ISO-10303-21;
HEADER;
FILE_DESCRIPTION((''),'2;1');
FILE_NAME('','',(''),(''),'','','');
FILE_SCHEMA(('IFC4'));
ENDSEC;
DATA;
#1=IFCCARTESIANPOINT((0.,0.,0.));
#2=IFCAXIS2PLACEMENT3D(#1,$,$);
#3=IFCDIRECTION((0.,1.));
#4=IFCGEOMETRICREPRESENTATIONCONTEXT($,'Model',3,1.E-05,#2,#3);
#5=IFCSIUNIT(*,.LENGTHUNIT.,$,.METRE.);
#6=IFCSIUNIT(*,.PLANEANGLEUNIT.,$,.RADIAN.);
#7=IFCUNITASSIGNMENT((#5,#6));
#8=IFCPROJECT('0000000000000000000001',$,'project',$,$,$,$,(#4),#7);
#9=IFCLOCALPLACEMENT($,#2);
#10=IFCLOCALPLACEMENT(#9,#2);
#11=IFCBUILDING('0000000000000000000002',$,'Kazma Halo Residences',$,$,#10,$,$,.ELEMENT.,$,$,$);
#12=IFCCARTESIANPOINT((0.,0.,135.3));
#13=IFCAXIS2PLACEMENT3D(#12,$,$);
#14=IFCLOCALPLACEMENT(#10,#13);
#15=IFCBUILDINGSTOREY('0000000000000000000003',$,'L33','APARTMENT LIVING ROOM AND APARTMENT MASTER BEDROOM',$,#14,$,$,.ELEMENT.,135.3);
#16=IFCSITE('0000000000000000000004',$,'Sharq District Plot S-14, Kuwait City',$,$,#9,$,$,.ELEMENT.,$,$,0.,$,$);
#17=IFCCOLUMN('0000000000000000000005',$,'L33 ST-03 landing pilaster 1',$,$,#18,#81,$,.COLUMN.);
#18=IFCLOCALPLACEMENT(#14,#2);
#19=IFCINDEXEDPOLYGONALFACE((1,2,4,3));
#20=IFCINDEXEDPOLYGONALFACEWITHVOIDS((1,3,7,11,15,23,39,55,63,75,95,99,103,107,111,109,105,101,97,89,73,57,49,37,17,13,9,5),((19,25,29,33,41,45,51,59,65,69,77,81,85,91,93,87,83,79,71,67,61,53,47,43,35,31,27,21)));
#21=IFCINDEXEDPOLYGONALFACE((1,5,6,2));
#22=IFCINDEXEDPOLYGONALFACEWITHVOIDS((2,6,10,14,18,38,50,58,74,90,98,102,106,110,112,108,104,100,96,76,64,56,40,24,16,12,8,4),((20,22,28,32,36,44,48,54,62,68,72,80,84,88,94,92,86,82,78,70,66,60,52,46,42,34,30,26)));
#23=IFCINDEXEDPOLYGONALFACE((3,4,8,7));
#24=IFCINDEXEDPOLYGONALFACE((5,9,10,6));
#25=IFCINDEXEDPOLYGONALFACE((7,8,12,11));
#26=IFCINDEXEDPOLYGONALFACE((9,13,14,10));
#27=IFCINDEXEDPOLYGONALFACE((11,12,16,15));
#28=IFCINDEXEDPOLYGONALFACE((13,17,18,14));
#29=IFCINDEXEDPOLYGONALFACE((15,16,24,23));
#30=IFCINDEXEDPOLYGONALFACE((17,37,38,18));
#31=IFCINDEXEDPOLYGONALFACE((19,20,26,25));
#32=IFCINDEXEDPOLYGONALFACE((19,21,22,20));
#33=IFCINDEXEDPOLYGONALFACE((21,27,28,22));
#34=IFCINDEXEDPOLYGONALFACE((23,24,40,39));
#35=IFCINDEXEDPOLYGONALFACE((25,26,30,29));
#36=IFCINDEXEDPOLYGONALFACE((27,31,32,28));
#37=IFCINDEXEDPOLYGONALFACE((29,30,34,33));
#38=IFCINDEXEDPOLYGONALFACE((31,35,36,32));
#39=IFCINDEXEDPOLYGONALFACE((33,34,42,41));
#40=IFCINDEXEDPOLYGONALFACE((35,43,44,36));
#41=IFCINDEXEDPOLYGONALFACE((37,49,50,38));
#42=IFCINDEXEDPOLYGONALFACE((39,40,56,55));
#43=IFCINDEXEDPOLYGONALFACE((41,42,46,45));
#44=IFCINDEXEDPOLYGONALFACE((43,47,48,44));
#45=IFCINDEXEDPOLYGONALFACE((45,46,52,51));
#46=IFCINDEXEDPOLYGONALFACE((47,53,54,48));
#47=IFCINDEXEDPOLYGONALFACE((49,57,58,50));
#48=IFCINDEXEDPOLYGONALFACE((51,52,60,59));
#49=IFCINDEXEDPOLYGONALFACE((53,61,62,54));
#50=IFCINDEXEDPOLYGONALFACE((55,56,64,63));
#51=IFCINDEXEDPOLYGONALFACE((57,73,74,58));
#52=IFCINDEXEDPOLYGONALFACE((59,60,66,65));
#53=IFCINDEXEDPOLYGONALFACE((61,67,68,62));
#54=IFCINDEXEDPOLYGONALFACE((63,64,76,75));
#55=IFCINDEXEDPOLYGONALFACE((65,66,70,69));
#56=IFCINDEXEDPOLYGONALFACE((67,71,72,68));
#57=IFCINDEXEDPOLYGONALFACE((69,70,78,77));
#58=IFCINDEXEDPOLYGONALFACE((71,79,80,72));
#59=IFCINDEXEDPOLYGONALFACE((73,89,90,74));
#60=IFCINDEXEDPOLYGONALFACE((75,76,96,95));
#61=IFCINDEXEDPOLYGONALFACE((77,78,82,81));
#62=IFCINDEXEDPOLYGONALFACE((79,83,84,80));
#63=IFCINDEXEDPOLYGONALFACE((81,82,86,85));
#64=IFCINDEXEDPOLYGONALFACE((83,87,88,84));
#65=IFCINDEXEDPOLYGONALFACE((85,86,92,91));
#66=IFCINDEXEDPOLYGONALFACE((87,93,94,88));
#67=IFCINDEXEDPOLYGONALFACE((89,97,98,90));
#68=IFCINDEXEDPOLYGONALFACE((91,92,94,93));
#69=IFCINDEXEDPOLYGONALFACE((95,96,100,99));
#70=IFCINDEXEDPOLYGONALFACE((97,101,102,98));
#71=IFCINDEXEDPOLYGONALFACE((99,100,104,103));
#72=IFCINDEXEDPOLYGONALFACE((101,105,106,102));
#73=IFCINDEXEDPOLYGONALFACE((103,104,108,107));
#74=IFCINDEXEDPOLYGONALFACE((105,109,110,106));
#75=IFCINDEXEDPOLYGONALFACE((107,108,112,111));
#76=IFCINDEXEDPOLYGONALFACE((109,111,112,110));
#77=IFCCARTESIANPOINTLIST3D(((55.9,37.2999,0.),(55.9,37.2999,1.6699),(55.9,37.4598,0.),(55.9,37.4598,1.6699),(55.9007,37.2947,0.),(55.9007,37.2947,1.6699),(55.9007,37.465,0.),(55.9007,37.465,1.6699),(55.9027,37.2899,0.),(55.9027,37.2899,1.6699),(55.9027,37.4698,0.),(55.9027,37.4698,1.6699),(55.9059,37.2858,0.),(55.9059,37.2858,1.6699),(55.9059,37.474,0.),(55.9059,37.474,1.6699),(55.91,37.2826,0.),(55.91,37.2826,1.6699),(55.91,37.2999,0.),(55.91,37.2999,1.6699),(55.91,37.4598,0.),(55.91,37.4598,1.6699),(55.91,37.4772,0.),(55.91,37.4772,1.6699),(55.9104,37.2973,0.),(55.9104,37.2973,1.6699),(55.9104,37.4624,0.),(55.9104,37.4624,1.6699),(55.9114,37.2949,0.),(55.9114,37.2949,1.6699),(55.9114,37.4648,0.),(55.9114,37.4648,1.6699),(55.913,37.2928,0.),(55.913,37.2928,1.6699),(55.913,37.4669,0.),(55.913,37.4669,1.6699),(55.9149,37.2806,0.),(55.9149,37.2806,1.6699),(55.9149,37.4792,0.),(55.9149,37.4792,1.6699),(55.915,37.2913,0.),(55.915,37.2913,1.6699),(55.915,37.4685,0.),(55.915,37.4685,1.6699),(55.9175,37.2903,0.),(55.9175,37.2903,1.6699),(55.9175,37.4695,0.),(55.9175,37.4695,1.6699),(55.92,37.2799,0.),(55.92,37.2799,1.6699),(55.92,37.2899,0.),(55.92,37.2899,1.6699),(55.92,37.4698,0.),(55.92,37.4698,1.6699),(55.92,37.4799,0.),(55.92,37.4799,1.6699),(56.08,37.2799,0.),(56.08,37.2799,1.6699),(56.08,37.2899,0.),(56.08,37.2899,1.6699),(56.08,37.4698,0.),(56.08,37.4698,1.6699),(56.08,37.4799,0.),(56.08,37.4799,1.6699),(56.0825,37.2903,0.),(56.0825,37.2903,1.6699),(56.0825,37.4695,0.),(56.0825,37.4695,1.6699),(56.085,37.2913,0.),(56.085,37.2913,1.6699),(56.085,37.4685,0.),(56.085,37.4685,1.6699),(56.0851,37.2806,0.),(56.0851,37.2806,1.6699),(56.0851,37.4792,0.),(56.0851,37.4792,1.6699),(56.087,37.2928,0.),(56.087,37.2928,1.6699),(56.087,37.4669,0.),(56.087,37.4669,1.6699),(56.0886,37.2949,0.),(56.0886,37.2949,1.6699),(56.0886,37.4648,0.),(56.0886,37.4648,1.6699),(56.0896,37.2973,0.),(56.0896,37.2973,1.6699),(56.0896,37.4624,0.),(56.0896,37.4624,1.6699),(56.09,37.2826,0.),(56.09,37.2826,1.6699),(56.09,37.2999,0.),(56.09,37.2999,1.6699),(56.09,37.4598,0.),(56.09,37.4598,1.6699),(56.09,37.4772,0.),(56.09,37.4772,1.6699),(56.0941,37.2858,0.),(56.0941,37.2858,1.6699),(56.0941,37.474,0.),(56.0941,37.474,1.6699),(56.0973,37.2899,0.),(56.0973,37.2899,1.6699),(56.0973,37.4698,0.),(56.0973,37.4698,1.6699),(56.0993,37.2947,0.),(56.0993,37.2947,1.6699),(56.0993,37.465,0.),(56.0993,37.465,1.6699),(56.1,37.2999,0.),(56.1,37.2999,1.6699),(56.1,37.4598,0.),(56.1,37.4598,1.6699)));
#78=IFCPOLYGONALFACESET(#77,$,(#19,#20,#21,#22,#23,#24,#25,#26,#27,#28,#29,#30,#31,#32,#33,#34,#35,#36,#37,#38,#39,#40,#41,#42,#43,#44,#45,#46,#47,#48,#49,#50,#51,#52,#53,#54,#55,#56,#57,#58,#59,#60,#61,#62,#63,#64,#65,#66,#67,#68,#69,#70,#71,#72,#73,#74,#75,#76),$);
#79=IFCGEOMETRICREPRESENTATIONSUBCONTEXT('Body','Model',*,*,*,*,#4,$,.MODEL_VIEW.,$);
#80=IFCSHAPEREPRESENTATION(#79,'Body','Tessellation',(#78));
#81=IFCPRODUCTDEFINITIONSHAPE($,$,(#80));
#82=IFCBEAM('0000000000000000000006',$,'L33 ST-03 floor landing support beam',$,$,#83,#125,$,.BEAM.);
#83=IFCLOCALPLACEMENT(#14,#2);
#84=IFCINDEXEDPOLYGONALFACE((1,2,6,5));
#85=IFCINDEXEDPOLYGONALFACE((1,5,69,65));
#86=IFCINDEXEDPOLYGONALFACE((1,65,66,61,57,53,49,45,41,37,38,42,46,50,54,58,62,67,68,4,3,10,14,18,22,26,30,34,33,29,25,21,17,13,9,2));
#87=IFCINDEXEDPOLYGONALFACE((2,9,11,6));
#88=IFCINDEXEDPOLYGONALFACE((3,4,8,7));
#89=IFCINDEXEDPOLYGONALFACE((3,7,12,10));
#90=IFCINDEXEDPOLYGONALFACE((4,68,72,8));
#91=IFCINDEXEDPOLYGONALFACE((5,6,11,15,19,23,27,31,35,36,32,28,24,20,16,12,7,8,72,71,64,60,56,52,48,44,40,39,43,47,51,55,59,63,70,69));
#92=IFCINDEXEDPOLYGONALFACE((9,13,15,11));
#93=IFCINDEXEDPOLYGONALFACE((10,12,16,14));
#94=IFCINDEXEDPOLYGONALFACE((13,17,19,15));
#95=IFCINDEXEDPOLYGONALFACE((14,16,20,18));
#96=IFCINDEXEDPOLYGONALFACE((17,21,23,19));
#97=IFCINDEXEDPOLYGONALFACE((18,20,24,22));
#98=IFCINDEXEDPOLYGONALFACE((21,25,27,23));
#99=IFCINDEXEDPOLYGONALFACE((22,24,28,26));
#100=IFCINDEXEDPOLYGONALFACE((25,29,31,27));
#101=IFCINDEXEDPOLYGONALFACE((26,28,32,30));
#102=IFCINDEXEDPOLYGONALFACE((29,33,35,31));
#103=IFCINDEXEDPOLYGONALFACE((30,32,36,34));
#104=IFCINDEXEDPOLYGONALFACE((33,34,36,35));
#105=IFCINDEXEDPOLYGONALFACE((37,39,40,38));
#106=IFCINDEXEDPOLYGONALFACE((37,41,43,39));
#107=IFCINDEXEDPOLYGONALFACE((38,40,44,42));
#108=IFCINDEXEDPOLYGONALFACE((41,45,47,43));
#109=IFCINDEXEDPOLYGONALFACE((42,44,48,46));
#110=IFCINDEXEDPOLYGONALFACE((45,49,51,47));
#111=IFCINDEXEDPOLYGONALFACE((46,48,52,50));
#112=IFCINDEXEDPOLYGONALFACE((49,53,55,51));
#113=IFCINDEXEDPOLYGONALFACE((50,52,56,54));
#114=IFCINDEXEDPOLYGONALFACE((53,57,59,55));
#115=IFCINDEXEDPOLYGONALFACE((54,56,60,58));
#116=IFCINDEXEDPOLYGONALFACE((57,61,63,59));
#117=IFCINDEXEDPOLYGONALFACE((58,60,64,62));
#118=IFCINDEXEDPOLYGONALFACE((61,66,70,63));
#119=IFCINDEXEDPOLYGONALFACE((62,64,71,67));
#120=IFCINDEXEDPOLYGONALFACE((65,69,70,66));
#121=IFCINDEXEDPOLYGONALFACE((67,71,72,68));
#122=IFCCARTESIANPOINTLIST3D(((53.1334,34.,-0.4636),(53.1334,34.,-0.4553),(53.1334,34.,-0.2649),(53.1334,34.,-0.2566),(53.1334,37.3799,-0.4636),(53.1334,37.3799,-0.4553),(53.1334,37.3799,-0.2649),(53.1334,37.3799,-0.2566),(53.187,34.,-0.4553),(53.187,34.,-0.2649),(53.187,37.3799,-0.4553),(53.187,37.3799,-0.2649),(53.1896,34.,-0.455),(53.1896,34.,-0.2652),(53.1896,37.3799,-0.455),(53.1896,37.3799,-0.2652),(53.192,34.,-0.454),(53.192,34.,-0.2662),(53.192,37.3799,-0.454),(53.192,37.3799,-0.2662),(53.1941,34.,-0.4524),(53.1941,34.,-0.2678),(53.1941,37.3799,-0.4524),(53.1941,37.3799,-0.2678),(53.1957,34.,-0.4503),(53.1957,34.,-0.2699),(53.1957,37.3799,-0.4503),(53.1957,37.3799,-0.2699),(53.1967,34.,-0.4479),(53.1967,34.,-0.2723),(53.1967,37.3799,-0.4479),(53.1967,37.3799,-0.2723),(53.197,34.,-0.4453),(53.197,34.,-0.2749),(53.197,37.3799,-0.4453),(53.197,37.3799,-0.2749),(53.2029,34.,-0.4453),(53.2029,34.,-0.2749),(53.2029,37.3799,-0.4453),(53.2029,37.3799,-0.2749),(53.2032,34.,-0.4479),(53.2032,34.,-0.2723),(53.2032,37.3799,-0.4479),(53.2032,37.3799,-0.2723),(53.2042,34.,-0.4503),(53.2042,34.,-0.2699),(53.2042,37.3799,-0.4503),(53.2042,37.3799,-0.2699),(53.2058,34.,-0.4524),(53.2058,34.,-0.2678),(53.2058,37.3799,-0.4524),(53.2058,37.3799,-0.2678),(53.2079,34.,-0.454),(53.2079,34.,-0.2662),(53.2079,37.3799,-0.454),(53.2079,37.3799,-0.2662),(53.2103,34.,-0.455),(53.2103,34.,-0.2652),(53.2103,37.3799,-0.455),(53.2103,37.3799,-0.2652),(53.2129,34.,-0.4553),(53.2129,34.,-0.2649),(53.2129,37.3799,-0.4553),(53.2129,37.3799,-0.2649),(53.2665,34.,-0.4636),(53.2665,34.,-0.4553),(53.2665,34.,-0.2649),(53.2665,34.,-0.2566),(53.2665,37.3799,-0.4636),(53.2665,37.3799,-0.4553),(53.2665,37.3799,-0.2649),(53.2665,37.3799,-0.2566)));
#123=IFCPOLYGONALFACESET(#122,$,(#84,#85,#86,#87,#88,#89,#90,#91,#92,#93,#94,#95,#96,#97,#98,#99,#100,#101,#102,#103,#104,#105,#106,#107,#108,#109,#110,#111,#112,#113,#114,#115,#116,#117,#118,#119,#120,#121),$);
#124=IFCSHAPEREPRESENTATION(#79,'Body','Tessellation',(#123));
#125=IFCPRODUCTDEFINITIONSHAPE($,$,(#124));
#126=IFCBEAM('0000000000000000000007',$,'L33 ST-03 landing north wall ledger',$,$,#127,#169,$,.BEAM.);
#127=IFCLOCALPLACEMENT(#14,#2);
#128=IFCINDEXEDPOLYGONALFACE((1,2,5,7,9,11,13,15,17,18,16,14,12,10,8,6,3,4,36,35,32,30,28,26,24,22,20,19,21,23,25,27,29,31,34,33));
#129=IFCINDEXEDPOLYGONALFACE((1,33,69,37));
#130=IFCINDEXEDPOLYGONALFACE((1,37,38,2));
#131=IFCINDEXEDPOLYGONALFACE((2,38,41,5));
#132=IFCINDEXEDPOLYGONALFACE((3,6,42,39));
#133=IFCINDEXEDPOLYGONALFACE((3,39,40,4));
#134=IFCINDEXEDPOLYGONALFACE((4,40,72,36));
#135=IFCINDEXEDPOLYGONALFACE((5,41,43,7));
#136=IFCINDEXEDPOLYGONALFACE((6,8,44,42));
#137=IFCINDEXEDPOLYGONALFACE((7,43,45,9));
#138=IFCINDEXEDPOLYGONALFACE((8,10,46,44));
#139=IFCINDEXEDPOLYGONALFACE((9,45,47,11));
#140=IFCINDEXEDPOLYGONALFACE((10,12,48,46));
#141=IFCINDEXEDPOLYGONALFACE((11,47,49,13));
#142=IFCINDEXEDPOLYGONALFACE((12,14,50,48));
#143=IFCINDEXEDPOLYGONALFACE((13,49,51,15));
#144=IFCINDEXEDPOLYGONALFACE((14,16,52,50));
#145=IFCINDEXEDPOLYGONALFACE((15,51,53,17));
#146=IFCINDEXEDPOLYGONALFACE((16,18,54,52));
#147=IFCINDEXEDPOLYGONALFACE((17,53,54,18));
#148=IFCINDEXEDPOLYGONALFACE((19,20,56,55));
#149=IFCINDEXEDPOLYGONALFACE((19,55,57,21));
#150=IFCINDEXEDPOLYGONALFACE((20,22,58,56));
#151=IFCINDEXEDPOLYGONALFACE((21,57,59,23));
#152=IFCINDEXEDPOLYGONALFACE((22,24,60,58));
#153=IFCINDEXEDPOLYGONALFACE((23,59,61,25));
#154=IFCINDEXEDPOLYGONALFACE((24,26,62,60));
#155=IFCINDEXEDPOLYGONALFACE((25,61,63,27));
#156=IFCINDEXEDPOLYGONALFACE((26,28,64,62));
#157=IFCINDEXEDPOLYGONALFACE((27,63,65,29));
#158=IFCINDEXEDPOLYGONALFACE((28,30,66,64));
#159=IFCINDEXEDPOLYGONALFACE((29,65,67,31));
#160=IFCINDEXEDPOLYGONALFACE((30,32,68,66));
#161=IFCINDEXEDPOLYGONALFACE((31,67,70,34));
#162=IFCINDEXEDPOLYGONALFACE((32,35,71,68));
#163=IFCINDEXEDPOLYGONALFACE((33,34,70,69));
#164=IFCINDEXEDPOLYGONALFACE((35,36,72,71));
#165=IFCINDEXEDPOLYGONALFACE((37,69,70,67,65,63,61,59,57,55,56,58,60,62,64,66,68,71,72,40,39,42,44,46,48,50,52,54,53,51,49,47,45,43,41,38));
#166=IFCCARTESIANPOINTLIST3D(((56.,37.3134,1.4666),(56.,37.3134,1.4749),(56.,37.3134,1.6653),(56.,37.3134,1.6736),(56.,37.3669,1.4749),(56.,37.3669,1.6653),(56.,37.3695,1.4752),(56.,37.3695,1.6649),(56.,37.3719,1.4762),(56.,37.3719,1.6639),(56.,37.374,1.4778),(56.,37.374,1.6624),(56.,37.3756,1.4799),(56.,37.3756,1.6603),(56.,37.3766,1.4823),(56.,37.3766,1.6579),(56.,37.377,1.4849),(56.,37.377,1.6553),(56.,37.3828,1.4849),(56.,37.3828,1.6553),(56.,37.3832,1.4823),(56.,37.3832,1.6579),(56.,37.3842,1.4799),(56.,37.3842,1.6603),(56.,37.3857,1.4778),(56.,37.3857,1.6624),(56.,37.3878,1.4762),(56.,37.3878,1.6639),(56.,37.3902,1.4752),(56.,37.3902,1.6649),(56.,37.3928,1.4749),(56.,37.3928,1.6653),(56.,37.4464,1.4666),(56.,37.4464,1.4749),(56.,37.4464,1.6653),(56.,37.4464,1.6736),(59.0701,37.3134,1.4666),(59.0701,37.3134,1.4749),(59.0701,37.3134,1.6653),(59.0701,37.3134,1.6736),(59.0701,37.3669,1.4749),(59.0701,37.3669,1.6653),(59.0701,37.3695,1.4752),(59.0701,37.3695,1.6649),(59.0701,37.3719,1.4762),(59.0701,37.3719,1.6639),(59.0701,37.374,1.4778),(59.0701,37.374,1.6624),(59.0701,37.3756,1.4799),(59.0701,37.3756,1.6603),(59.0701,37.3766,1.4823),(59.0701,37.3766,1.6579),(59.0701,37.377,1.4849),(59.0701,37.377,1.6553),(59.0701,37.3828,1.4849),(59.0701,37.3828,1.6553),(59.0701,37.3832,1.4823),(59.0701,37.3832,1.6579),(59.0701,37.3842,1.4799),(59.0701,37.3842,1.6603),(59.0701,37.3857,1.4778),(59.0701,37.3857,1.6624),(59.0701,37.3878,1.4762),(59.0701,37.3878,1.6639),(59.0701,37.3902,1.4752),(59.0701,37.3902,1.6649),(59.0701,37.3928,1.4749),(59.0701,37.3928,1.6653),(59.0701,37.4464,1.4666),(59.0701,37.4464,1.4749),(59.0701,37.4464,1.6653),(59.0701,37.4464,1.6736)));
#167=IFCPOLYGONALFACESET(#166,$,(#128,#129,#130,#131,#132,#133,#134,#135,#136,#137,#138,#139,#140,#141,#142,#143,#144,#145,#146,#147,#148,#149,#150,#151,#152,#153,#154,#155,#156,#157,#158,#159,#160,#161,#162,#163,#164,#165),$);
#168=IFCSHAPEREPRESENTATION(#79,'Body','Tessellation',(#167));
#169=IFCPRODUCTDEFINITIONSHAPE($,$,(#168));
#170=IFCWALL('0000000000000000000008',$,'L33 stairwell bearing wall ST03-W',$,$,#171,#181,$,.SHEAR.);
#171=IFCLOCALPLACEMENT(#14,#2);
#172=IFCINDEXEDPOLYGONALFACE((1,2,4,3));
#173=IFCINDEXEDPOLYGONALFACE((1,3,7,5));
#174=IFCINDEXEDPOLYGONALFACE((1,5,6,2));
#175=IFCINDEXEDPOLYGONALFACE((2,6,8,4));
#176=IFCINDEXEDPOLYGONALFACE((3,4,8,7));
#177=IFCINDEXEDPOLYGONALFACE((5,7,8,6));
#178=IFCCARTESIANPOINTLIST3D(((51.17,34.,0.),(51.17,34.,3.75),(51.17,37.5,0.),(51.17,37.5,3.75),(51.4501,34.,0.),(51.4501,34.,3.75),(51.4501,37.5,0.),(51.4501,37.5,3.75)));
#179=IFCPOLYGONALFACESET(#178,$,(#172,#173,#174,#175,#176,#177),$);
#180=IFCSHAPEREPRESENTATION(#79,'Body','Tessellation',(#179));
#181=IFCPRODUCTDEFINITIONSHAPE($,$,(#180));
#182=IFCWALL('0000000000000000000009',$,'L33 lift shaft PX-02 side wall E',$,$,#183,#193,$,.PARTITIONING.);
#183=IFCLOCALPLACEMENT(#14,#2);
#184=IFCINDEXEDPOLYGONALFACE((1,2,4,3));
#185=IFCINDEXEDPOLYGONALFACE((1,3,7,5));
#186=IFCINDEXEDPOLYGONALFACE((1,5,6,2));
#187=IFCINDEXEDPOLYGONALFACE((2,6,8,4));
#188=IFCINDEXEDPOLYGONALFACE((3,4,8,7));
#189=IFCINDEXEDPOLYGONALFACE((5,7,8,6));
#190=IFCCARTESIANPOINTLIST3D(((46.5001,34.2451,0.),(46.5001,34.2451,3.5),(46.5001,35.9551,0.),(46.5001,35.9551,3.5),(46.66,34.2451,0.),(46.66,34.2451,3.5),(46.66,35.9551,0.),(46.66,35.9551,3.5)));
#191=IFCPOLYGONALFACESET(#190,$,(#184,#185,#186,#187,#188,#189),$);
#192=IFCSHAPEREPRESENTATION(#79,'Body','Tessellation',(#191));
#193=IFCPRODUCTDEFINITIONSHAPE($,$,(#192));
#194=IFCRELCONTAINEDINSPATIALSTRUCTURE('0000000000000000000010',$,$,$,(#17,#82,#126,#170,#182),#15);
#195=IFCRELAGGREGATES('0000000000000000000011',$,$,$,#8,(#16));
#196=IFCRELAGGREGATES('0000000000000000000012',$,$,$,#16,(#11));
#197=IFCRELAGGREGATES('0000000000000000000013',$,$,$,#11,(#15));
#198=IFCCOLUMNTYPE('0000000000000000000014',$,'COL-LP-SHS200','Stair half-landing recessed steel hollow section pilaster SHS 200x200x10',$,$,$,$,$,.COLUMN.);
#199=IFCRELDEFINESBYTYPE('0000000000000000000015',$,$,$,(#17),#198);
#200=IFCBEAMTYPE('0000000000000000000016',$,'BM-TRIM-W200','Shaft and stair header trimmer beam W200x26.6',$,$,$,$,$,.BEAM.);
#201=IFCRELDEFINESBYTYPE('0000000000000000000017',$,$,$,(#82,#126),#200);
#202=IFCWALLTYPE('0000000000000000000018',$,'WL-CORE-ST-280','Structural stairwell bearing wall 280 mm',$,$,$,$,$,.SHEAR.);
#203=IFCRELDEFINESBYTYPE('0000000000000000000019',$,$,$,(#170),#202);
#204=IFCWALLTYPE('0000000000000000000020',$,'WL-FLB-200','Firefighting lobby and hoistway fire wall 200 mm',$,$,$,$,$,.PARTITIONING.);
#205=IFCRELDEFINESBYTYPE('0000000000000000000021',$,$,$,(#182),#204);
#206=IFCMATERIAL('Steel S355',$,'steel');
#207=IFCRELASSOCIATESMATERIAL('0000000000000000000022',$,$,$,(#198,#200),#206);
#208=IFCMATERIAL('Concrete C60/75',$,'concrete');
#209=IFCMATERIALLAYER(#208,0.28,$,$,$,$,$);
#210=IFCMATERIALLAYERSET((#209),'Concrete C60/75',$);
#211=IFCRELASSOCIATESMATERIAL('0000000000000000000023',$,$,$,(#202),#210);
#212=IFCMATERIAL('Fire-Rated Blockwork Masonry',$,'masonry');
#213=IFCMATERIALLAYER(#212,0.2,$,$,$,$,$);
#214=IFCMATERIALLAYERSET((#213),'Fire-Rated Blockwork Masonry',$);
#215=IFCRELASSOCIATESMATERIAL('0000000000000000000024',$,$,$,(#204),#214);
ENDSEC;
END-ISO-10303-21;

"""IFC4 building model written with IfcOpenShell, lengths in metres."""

from ifc_helpers import new_model, si_unit, direction, frame, frame_2d, origin, origin_2d, place, context, subcontext, project, spatial, rectangle, hollow_rectangle, i_section, extrude, material, layer, layer_set, material_profile, profile_set, type_object, element, save


model = new_model("IFC4")

# Units and contexts
model_context = context("Model", 3, precision=1e-05, world=origin(), true_north=direction((0.0, 1.0)))
body_context = subcontext(model_context, "Body", "Model", "MODEL_VIEW")
ifc_project = project(units=[si_unit("LENGTHUNIT", "METRE"), si_unit("PLANEANGLEUNIT", "RADIAN")], contexts=[model_context])

# Site, building, storey
site_placement = place(None, origin())
site = spatial("IfcSite", under=ifc_project, at=site_placement, Name="Sharq District Plot S-14, Kuwait City", CompositionType="ELEMENT", RefElevation=0.0)
building_placement = place(site_placement, origin())
building = spatial("IfcBuilding", under=site, at=building_placement, Name="Kazma Halo Residences", CompositionType="ELEMENT")
storey_placement = place(building_placement, frame((0.0, 0.0, 135.3)))
storey = spatial("IfcBuildingStorey", under=building, at=storey_placement, Name="L33", Description="APARTMENT LIVING ROOM AND APARTMENT MASTER BEDROOM", CompositionType="ELEMENT", Elevation=135.3)

# Column
ifc_material_1 = material(Name="Steel S355", Category="steel")
ifc_material_profile_1 = material_profile(ifc_material_1, hollow_rectangle(XDim=0.2, YDim=0.2, WallThickness=0.01, InnerFilletRadius=0.01, OuterFilletRadius=0.02, at=origin_2d()), Name="SHS200x200x10")
ifc_profile_set_1 = profile_set([ifc_material_profile_1], Name="Steel S355")
column_type = type_object("IfcColumnType", Name="COL-LP-SHS200", Description="Stair half-landing recessed steel hollow section pilaster SHS 200x200x10", PredefinedType="COLUMN", material=ifc_profile_set_1)
column_placement = place(storey_placement, frame((56.0, 37.3799, 0.0), z_axis=(0.0, 0.0, 1.0), x_axis=(1.0, 0.0, 0.0)))
element("IfcColumn", 1, at=column_placement, inside=storey, type_object=column_type, Name="L33 ST-03 landing pilaster 1", PredefinedType="COLUMN", context=body_context, shape_type="SweptSolid", body=[
    extrude(hollow_rectangle(XDim=0.2, YDim=0.2, WallThickness=0.01, InnerFilletRadius=0.01, OuterFilletRadius=0.02, at=origin_2d()), origin(), (0.0, 0.0, 1.0), 1.6699),
])

# Beams
ifc_material_profile_2 = material_profile(ifc_material_1, i_section(OverallWidth=0.1331, OverallDepth=0.207, WebThickness=0.0059, FlangeThickness=0.0083, FilletRadius=0.01, at=origin_2d()), Name="W200x26.6")
ifc_profile_set_2 = profile_set([ifc_material_profile_2], Name="Steel S355")
beam_type = type_object("IfcBeamType", Name="BM-TRIM-W200", Description="Shaft and stair header trimmer beam W200x26.6", PredefinedType="BEAM", material=ifc_profile_set_2)
beam_1_placement = place(storey_placement, frame((53.2, 34.0, -0.3601), z_axis=(0.0, 1.0, 0.0), x_axis=(-1.0, 0.0, 0.0)))
element("IfcBeam", 2, at=beam_1_placement, inside=storey, type_object=beam_type, Name="L33 ST-03 floor landing support beam", PredefinedType="BEAM", context=body_context, shape_type="SweptSolid", body=[
    extrude(i_section(OverallWidth=0.1331, OverallDepth=0.207, WebThickness=0.0059, FlangeThickness=0.0083, FilletRadius=0.01, at=origin_2d()), origin(), (0.0, 0.0, 1.0), 3.3799),
])
beam_2_placement = place(storey_placement, frame((56.0, 37.3799, 1.5701), z_axis=(1.0, 0.0, 0.0), x_axis=(0.0, 1.0, 0.0)))
element("IfcBeam", 3, at=beam_2_placement, inside=storey, type_object=beam_type, Name="L33 ST-03 landing north wall ledger", PredefinedType="BEAM", context=body_context, shape_type="SweptSolid", body=[
    extrude(i_section(OverallWidth=0.1331, OverallDepth=0.207, WebThickness=0.0059, FlangeThickness=0.0083, FilletRadius=0.01, at=origin_2d()), origin(), (0.0, 0.0, 1.0), 3.0701),
])

# Walls
ifc_material_2 = material(Name="Concrete C60/75", Category="concrete")
ifc_layer_1 = layer(ifc_material_2, 0.28)
ifc_layer_set_1 = layer_set([ifc_layer_1], Name="Concrete C60/75")
wall_type_1 = type_object("IfcWallType", Name="WL-CORE-ST-280", Description="Structural stairwell bearing wall 280 mm", PredefinedType="SHEAR", material=ifc_layer_set_1)
wall_1_placement = place(storey_placement, frame((51.3101, 34.0, 0.0), z_axis=(0.0, 0.0, 1.0), x_axis=(0.0, 1.0, 0.0)))
element("IfcWall", 4, at=wall_1_placement, inside=storey, type_object=wall_type_1, Name="L33 stairwell bearing wall ST03-W", PredefinedType="SHEAR", context=body_context, shape_type="SweptSolid", body=[
    extrude(rectangle(XDim=3.5, YDim=0.28, at=frame_2d((1.75, 0.0))), origin(), (0.0, 0.0, 1.0), 3.75),
])
ifc_material_3 = material(Name="Fire-Rated Blockwork Masonry", Category="masonry")
ifc_layer_2 = layer(ifc_material_3, 0.2)
ifc_layer_set_2 = layer_set([ifc_layer_2], Name="Fire-Rated Blockwork Masonry")
wall_type_2 = type_object("IfcWallType", Name="WL-FLB-200", Description="Firefighting lobby and hoistway fire wall 200 mm", PredefinedType="PARTITIONING", material=ifc_layer_set_2)
wall_2_placement = place(storey_placement, frame((46.5801, 34.2451, 0.0), z_axis=(0.0, 0.0, 1.0), x_axis=(0.0, 1.0, 0.0)))
element("IfcWall", 5, at=wall_2_placement, inside=storey, type_object=wall_type_2, Name="L33 lift shaft PX-02 side wall E", PredefinedType="PARTITIONING", context=body_context, shape_type="SweptSolid", body=[
    extrude(rectangle(XDim=1.71, YDim=0.1599, at=frame_2d((0.855, 0.0))), origin(), (0.0, 0.0, 1.0), 3.5),
])

save(model, "model.ifc")
